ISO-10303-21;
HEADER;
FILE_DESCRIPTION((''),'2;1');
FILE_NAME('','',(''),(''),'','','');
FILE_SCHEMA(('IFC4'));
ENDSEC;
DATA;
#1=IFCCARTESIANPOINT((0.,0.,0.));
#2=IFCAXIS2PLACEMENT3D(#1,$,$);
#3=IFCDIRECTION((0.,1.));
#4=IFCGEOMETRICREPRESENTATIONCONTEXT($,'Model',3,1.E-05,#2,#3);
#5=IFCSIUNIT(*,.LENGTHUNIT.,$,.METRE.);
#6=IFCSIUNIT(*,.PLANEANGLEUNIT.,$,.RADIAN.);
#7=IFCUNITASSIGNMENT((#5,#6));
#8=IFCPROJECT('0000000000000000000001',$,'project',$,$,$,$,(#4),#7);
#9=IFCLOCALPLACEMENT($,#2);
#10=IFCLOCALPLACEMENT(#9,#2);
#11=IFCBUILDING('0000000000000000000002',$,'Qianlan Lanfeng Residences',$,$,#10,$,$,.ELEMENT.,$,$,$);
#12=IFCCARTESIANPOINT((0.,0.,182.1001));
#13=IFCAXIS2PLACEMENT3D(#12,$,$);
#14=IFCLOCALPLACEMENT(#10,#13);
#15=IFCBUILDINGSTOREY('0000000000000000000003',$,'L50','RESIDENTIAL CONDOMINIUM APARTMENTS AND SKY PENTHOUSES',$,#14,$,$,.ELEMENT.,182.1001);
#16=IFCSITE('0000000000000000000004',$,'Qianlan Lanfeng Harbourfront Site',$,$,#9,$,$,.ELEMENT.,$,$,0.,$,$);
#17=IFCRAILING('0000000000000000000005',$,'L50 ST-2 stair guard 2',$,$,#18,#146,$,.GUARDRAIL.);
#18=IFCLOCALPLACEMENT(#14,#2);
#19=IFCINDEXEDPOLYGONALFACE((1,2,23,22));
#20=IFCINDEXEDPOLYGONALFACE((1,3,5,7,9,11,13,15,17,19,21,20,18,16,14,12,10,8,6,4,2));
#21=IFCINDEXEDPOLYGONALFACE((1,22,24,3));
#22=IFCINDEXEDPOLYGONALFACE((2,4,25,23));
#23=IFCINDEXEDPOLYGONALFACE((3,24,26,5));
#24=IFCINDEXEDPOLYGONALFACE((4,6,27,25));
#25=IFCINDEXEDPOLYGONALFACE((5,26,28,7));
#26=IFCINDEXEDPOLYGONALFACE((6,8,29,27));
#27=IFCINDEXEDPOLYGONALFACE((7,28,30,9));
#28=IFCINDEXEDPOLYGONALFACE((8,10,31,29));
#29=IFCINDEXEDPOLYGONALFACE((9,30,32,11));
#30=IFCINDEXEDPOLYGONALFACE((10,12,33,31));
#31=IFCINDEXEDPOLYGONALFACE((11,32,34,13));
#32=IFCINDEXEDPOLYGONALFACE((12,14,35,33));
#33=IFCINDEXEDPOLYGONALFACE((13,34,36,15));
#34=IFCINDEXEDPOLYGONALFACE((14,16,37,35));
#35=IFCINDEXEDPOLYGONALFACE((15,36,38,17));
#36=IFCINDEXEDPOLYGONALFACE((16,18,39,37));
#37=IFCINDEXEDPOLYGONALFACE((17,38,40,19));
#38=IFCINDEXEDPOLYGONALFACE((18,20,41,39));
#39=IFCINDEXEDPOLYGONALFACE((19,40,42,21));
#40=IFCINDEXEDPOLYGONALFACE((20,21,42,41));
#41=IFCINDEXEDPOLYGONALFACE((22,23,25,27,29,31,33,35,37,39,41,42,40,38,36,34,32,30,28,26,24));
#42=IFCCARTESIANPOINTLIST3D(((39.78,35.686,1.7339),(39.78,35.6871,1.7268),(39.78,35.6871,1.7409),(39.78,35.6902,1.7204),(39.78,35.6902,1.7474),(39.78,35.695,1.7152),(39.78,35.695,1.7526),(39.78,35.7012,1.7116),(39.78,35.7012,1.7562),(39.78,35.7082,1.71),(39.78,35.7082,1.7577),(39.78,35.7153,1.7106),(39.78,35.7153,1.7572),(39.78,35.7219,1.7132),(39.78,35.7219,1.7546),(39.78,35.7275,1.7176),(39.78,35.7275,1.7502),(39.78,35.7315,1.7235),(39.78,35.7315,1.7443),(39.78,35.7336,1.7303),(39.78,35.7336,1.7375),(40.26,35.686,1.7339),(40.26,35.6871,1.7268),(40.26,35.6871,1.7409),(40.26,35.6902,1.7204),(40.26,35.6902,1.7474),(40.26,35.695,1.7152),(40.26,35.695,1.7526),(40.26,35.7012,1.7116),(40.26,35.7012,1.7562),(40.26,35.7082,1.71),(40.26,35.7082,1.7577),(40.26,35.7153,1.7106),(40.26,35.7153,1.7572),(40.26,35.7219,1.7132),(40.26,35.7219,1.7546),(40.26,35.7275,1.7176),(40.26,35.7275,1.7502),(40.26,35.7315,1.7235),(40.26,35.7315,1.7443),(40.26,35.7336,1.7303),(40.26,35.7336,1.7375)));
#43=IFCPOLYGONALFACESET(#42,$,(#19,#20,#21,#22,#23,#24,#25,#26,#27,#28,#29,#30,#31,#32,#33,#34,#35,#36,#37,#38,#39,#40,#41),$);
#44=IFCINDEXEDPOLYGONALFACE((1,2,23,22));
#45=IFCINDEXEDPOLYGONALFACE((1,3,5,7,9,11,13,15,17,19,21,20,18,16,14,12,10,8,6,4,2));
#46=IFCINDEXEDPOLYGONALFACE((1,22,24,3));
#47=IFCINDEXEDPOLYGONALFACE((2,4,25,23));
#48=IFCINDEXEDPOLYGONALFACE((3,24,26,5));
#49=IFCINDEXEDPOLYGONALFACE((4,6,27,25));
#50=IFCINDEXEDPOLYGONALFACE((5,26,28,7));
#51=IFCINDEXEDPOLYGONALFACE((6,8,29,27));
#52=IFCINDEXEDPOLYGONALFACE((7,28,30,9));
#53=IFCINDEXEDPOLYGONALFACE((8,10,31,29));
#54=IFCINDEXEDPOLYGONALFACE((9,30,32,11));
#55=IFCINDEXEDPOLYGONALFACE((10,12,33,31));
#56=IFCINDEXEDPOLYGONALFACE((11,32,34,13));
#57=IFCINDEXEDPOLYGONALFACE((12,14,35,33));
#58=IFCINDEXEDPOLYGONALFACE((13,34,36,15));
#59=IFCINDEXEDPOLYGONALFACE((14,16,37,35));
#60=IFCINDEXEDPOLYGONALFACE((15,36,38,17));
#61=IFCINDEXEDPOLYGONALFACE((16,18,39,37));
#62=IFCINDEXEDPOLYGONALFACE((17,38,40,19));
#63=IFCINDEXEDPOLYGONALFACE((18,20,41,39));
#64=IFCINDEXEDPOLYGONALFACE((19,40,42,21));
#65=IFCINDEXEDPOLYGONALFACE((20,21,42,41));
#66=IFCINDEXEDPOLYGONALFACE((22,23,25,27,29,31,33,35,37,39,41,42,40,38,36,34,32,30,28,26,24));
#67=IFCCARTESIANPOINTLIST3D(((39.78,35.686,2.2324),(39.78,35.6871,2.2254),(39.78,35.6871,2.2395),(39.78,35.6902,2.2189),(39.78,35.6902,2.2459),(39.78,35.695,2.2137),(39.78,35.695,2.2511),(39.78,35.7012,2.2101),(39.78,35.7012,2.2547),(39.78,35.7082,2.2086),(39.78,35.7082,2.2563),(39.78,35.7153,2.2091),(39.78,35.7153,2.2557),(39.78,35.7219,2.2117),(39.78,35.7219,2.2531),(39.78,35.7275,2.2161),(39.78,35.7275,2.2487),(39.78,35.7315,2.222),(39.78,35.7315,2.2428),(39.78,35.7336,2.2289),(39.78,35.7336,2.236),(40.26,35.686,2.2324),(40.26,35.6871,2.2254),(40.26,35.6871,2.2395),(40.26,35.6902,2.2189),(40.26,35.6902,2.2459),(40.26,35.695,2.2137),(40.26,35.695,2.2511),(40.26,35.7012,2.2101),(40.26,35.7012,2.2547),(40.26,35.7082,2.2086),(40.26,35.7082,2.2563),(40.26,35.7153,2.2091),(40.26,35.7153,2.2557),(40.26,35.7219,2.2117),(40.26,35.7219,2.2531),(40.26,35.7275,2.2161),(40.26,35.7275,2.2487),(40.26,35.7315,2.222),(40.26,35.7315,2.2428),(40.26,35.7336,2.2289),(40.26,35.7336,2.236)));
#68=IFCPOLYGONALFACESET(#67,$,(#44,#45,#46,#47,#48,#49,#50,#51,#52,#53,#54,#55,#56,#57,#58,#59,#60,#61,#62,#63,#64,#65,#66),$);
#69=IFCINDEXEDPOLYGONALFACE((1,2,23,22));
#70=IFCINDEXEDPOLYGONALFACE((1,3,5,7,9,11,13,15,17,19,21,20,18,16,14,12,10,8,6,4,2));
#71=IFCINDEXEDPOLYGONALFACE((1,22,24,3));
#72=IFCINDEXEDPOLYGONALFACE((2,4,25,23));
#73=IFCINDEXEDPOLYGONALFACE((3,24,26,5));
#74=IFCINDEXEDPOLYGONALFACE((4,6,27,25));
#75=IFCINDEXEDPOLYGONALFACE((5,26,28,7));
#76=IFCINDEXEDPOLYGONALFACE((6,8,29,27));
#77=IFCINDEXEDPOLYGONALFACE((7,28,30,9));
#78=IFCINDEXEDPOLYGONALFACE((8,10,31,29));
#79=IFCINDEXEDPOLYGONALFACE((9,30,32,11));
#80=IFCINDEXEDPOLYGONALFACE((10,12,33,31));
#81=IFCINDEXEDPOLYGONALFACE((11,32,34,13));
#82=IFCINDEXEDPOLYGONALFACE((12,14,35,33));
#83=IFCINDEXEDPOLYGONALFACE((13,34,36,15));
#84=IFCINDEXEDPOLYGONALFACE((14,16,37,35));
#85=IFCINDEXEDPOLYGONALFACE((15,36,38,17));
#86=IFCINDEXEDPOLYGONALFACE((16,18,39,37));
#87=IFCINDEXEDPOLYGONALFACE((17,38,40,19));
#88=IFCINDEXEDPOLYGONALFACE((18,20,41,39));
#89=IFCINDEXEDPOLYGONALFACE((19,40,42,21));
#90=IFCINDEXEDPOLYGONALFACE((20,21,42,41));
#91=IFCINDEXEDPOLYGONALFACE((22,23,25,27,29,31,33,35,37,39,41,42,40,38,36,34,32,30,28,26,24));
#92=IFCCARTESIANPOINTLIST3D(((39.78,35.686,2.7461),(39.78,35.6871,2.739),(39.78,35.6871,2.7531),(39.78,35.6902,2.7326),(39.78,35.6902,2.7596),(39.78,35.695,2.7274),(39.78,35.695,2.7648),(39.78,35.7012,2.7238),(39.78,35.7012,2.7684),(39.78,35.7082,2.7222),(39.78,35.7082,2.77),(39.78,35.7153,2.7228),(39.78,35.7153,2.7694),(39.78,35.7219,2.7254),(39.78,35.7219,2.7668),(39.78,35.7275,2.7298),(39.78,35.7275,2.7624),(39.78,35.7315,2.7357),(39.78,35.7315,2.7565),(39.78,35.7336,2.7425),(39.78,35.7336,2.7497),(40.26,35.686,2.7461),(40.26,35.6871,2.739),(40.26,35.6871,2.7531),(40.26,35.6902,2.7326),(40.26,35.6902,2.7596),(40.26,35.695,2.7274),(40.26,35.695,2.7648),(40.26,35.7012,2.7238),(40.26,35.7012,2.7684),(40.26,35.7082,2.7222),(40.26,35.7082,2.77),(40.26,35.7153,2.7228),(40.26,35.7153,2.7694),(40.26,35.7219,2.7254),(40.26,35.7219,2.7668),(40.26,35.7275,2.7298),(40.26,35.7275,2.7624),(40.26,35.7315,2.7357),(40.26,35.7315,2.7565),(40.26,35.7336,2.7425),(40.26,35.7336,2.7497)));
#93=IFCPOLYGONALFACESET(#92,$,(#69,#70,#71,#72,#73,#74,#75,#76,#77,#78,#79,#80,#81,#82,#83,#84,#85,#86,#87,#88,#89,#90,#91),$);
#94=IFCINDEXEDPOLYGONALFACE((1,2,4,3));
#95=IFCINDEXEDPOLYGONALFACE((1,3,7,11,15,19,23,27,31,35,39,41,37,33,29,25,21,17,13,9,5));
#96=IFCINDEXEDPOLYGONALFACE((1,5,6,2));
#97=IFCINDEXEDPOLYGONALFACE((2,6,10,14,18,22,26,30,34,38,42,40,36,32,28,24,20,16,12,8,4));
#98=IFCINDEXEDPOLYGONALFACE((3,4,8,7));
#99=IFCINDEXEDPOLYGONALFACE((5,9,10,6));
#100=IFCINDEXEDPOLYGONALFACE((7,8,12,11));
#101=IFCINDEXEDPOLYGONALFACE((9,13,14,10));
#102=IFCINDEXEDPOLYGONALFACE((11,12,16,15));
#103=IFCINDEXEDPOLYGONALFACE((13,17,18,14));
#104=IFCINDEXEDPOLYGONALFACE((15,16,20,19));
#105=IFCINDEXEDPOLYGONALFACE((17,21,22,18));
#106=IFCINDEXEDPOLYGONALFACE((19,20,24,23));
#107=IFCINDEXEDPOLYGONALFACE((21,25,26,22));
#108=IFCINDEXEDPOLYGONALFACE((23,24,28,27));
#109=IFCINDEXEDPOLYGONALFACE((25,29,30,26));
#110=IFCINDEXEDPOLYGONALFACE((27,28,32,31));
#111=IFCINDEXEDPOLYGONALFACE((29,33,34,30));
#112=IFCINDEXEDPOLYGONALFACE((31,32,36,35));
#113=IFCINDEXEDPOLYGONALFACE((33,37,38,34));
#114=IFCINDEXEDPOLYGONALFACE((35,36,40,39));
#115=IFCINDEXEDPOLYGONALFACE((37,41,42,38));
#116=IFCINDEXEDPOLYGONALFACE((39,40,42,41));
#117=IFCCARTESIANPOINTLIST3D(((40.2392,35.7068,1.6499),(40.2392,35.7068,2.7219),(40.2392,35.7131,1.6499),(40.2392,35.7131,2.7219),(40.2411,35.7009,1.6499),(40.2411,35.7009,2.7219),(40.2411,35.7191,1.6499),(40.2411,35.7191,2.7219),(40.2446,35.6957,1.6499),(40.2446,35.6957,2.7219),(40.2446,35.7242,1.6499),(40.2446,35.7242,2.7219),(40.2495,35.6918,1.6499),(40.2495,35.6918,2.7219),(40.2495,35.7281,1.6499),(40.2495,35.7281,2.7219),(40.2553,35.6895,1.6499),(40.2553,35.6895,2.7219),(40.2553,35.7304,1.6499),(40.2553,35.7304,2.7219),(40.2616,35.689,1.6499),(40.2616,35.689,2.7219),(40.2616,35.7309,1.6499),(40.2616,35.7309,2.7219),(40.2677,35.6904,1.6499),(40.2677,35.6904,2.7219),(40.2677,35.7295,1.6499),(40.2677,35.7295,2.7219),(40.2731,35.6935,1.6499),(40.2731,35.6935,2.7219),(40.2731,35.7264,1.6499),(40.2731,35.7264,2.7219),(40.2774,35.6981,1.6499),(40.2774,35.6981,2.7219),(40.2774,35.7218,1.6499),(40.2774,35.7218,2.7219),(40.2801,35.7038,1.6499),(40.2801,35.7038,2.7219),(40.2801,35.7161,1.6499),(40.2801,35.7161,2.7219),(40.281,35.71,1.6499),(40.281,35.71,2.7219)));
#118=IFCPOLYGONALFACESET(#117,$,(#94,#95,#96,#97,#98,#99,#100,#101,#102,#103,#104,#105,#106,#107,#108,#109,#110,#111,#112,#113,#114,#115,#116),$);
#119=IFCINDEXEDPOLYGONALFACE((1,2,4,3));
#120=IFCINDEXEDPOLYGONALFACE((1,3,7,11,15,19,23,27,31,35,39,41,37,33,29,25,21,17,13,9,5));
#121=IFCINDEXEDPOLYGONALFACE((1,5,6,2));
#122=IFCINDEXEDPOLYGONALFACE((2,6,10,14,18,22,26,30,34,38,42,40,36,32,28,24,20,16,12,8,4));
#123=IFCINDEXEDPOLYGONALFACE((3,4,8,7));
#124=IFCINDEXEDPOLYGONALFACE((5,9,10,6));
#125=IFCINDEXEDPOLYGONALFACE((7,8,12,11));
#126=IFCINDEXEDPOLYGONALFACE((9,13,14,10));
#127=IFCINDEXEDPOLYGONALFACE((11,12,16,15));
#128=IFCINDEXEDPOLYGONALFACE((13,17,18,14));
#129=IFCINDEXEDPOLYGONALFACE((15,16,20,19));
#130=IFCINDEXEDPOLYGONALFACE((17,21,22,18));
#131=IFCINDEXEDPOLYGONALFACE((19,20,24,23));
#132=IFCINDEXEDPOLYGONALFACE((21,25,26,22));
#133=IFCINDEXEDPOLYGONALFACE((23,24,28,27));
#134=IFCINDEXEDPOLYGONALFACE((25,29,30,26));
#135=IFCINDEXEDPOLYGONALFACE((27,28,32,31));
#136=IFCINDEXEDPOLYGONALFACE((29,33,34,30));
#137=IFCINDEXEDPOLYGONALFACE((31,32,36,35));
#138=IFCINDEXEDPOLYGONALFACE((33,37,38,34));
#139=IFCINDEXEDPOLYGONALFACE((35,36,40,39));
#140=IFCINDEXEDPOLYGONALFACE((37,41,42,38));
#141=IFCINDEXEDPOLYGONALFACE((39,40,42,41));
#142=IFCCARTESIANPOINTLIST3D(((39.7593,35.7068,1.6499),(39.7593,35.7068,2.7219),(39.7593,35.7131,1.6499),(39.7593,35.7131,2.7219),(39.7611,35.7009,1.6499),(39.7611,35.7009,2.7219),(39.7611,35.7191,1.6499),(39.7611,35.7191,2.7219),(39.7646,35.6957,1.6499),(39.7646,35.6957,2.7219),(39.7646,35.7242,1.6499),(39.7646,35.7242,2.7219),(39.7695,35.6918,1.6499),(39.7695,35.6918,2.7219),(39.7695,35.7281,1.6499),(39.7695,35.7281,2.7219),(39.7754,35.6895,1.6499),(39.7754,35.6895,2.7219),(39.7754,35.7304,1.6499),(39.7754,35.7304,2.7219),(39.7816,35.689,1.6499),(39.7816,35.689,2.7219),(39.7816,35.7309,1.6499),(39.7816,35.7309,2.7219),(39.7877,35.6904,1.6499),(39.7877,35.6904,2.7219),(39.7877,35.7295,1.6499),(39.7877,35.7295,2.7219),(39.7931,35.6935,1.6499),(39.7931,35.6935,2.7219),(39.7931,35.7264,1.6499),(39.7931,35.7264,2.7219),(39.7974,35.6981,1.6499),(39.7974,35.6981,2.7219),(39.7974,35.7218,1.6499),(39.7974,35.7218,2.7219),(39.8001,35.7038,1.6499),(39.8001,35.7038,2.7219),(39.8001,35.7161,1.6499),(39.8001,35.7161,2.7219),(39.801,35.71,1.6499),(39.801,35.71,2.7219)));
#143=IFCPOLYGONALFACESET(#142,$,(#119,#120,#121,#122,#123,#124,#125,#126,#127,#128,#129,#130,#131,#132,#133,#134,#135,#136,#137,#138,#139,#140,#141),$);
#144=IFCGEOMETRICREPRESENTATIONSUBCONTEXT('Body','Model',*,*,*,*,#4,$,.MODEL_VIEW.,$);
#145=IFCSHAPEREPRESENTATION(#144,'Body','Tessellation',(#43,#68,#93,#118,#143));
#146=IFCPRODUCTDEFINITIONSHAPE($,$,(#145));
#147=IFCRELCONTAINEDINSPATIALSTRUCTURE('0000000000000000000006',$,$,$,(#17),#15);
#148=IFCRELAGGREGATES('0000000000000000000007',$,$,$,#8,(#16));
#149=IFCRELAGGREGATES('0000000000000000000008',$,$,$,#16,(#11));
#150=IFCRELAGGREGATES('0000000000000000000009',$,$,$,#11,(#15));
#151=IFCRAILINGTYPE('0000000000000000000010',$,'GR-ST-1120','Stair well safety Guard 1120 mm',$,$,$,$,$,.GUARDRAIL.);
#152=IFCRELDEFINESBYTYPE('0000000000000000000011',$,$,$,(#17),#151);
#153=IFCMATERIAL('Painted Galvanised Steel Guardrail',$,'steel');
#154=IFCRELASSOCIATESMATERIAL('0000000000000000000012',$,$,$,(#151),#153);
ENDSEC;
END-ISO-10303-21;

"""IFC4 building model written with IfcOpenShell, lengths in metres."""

from ifc_helpers import new_model, si_unit, direction, frame, origin, origin_2d, place, context, subcontext, project, spatial, circle, extrude, material, type_object, element, save


model = new_model("IFC4")

# Units and contexts
model_context = context("Model", 3, precision=1e-05, world=origin(), true_north=direction((0.0, 1.0)))
body_context = subcontext(model_context, "Body", "Model", "MODEL_VIEW")
ifc_project = project(units=[si_unit("LENGTHUNIT", "METRE"), si_unit("PLANEANGLEUNIT", "RADIAN")], contexts=[model_context])

# Site, building, storey
site_placement = place(None, origin())
site = spatial("IfcSite", under=ifc_project, at=site_placement, Name="Qianlan Lanfeng Harbourfront Site", CompositionType="ELEMENT", RefElevation=0.0)
building_placement = place(site_placement, origin())
building = spatial("IfcBuilding", under=site, at=building_placement, Name="Qianlan Lanfeng Residences", CompositionType="ELEMENT")
storey_placement = place(building_placement, frame((0.0, 0.0, 182.1001)))
storey = spatial("IfcBuildingStorey", under=building, at=storey_placement, Name="L50", Description="RESIDENTIAL CONDOMINIUM APARTMENTS AND SKY PENTHOUSES", CompositionType="ELEMENT", Elevation=182.1001)

# Railing
ifc_material_1 = material(Name="Painted Galvanised Steel Guardrail", Category="steel")
railing_type_1 = type_object("IfcRailingType", Name="GR-ST-1120", Description="Stair well safety Guard 1120 mm", PredefinedType="GUARDRAIL", material=ifc_material_1)
railing_1_placement = place(storey_placement, frame((40.26, 35.71, 1.6499)))
element("IfcRailing", 1, at=railing_1_placement, inside=storey, type_object=railing_type_1, Name="L50 ST-2 stair guard 2", PredefinedType="GUARDRAIL", context=body_context, shape_type="SweptSolid", body=[
    extrude(circle(Radius=0.0239, at=origin_2d()), frame((0.0, 0.0, 0.084), z_axis=(-1.0, 0.0, 0.0), x_axis=(0.0, -1.0, 0.0)), (0.0, 0.0, 1.0), 0.48),
    extrude(circle(Radius=0.0239, at=origin_2d()), frame((0.0, 0.0, 0.5825), z_axis=(-1.0, 0.0, 0.0), x_axis=(0.0, -1.0, 0.0)), (0.0, 0.0, 1.0), 0.48),
    extrude(circle(Radius=0.0239, at=origin_2d()), frame((0.0, 0.0, 1.0962), z_axis=(-1.0, 0.0, 0.0), x_axis=(0.0, -1.0, 0.0)), (0.0, 0.0, 1.0), 0.48),
    extrude(circle(Radius=0.021, at=origin_2d()), origin(), (0.0, 0.0, 1.0), 1.072),
    extrude(circle(Radius=0.021, at=origin_2d()), frame((-0.48, 0.0, 0.0)), (0.0, 0.0, 1.0), 1.072),
])

save(model, "model.ifc")
